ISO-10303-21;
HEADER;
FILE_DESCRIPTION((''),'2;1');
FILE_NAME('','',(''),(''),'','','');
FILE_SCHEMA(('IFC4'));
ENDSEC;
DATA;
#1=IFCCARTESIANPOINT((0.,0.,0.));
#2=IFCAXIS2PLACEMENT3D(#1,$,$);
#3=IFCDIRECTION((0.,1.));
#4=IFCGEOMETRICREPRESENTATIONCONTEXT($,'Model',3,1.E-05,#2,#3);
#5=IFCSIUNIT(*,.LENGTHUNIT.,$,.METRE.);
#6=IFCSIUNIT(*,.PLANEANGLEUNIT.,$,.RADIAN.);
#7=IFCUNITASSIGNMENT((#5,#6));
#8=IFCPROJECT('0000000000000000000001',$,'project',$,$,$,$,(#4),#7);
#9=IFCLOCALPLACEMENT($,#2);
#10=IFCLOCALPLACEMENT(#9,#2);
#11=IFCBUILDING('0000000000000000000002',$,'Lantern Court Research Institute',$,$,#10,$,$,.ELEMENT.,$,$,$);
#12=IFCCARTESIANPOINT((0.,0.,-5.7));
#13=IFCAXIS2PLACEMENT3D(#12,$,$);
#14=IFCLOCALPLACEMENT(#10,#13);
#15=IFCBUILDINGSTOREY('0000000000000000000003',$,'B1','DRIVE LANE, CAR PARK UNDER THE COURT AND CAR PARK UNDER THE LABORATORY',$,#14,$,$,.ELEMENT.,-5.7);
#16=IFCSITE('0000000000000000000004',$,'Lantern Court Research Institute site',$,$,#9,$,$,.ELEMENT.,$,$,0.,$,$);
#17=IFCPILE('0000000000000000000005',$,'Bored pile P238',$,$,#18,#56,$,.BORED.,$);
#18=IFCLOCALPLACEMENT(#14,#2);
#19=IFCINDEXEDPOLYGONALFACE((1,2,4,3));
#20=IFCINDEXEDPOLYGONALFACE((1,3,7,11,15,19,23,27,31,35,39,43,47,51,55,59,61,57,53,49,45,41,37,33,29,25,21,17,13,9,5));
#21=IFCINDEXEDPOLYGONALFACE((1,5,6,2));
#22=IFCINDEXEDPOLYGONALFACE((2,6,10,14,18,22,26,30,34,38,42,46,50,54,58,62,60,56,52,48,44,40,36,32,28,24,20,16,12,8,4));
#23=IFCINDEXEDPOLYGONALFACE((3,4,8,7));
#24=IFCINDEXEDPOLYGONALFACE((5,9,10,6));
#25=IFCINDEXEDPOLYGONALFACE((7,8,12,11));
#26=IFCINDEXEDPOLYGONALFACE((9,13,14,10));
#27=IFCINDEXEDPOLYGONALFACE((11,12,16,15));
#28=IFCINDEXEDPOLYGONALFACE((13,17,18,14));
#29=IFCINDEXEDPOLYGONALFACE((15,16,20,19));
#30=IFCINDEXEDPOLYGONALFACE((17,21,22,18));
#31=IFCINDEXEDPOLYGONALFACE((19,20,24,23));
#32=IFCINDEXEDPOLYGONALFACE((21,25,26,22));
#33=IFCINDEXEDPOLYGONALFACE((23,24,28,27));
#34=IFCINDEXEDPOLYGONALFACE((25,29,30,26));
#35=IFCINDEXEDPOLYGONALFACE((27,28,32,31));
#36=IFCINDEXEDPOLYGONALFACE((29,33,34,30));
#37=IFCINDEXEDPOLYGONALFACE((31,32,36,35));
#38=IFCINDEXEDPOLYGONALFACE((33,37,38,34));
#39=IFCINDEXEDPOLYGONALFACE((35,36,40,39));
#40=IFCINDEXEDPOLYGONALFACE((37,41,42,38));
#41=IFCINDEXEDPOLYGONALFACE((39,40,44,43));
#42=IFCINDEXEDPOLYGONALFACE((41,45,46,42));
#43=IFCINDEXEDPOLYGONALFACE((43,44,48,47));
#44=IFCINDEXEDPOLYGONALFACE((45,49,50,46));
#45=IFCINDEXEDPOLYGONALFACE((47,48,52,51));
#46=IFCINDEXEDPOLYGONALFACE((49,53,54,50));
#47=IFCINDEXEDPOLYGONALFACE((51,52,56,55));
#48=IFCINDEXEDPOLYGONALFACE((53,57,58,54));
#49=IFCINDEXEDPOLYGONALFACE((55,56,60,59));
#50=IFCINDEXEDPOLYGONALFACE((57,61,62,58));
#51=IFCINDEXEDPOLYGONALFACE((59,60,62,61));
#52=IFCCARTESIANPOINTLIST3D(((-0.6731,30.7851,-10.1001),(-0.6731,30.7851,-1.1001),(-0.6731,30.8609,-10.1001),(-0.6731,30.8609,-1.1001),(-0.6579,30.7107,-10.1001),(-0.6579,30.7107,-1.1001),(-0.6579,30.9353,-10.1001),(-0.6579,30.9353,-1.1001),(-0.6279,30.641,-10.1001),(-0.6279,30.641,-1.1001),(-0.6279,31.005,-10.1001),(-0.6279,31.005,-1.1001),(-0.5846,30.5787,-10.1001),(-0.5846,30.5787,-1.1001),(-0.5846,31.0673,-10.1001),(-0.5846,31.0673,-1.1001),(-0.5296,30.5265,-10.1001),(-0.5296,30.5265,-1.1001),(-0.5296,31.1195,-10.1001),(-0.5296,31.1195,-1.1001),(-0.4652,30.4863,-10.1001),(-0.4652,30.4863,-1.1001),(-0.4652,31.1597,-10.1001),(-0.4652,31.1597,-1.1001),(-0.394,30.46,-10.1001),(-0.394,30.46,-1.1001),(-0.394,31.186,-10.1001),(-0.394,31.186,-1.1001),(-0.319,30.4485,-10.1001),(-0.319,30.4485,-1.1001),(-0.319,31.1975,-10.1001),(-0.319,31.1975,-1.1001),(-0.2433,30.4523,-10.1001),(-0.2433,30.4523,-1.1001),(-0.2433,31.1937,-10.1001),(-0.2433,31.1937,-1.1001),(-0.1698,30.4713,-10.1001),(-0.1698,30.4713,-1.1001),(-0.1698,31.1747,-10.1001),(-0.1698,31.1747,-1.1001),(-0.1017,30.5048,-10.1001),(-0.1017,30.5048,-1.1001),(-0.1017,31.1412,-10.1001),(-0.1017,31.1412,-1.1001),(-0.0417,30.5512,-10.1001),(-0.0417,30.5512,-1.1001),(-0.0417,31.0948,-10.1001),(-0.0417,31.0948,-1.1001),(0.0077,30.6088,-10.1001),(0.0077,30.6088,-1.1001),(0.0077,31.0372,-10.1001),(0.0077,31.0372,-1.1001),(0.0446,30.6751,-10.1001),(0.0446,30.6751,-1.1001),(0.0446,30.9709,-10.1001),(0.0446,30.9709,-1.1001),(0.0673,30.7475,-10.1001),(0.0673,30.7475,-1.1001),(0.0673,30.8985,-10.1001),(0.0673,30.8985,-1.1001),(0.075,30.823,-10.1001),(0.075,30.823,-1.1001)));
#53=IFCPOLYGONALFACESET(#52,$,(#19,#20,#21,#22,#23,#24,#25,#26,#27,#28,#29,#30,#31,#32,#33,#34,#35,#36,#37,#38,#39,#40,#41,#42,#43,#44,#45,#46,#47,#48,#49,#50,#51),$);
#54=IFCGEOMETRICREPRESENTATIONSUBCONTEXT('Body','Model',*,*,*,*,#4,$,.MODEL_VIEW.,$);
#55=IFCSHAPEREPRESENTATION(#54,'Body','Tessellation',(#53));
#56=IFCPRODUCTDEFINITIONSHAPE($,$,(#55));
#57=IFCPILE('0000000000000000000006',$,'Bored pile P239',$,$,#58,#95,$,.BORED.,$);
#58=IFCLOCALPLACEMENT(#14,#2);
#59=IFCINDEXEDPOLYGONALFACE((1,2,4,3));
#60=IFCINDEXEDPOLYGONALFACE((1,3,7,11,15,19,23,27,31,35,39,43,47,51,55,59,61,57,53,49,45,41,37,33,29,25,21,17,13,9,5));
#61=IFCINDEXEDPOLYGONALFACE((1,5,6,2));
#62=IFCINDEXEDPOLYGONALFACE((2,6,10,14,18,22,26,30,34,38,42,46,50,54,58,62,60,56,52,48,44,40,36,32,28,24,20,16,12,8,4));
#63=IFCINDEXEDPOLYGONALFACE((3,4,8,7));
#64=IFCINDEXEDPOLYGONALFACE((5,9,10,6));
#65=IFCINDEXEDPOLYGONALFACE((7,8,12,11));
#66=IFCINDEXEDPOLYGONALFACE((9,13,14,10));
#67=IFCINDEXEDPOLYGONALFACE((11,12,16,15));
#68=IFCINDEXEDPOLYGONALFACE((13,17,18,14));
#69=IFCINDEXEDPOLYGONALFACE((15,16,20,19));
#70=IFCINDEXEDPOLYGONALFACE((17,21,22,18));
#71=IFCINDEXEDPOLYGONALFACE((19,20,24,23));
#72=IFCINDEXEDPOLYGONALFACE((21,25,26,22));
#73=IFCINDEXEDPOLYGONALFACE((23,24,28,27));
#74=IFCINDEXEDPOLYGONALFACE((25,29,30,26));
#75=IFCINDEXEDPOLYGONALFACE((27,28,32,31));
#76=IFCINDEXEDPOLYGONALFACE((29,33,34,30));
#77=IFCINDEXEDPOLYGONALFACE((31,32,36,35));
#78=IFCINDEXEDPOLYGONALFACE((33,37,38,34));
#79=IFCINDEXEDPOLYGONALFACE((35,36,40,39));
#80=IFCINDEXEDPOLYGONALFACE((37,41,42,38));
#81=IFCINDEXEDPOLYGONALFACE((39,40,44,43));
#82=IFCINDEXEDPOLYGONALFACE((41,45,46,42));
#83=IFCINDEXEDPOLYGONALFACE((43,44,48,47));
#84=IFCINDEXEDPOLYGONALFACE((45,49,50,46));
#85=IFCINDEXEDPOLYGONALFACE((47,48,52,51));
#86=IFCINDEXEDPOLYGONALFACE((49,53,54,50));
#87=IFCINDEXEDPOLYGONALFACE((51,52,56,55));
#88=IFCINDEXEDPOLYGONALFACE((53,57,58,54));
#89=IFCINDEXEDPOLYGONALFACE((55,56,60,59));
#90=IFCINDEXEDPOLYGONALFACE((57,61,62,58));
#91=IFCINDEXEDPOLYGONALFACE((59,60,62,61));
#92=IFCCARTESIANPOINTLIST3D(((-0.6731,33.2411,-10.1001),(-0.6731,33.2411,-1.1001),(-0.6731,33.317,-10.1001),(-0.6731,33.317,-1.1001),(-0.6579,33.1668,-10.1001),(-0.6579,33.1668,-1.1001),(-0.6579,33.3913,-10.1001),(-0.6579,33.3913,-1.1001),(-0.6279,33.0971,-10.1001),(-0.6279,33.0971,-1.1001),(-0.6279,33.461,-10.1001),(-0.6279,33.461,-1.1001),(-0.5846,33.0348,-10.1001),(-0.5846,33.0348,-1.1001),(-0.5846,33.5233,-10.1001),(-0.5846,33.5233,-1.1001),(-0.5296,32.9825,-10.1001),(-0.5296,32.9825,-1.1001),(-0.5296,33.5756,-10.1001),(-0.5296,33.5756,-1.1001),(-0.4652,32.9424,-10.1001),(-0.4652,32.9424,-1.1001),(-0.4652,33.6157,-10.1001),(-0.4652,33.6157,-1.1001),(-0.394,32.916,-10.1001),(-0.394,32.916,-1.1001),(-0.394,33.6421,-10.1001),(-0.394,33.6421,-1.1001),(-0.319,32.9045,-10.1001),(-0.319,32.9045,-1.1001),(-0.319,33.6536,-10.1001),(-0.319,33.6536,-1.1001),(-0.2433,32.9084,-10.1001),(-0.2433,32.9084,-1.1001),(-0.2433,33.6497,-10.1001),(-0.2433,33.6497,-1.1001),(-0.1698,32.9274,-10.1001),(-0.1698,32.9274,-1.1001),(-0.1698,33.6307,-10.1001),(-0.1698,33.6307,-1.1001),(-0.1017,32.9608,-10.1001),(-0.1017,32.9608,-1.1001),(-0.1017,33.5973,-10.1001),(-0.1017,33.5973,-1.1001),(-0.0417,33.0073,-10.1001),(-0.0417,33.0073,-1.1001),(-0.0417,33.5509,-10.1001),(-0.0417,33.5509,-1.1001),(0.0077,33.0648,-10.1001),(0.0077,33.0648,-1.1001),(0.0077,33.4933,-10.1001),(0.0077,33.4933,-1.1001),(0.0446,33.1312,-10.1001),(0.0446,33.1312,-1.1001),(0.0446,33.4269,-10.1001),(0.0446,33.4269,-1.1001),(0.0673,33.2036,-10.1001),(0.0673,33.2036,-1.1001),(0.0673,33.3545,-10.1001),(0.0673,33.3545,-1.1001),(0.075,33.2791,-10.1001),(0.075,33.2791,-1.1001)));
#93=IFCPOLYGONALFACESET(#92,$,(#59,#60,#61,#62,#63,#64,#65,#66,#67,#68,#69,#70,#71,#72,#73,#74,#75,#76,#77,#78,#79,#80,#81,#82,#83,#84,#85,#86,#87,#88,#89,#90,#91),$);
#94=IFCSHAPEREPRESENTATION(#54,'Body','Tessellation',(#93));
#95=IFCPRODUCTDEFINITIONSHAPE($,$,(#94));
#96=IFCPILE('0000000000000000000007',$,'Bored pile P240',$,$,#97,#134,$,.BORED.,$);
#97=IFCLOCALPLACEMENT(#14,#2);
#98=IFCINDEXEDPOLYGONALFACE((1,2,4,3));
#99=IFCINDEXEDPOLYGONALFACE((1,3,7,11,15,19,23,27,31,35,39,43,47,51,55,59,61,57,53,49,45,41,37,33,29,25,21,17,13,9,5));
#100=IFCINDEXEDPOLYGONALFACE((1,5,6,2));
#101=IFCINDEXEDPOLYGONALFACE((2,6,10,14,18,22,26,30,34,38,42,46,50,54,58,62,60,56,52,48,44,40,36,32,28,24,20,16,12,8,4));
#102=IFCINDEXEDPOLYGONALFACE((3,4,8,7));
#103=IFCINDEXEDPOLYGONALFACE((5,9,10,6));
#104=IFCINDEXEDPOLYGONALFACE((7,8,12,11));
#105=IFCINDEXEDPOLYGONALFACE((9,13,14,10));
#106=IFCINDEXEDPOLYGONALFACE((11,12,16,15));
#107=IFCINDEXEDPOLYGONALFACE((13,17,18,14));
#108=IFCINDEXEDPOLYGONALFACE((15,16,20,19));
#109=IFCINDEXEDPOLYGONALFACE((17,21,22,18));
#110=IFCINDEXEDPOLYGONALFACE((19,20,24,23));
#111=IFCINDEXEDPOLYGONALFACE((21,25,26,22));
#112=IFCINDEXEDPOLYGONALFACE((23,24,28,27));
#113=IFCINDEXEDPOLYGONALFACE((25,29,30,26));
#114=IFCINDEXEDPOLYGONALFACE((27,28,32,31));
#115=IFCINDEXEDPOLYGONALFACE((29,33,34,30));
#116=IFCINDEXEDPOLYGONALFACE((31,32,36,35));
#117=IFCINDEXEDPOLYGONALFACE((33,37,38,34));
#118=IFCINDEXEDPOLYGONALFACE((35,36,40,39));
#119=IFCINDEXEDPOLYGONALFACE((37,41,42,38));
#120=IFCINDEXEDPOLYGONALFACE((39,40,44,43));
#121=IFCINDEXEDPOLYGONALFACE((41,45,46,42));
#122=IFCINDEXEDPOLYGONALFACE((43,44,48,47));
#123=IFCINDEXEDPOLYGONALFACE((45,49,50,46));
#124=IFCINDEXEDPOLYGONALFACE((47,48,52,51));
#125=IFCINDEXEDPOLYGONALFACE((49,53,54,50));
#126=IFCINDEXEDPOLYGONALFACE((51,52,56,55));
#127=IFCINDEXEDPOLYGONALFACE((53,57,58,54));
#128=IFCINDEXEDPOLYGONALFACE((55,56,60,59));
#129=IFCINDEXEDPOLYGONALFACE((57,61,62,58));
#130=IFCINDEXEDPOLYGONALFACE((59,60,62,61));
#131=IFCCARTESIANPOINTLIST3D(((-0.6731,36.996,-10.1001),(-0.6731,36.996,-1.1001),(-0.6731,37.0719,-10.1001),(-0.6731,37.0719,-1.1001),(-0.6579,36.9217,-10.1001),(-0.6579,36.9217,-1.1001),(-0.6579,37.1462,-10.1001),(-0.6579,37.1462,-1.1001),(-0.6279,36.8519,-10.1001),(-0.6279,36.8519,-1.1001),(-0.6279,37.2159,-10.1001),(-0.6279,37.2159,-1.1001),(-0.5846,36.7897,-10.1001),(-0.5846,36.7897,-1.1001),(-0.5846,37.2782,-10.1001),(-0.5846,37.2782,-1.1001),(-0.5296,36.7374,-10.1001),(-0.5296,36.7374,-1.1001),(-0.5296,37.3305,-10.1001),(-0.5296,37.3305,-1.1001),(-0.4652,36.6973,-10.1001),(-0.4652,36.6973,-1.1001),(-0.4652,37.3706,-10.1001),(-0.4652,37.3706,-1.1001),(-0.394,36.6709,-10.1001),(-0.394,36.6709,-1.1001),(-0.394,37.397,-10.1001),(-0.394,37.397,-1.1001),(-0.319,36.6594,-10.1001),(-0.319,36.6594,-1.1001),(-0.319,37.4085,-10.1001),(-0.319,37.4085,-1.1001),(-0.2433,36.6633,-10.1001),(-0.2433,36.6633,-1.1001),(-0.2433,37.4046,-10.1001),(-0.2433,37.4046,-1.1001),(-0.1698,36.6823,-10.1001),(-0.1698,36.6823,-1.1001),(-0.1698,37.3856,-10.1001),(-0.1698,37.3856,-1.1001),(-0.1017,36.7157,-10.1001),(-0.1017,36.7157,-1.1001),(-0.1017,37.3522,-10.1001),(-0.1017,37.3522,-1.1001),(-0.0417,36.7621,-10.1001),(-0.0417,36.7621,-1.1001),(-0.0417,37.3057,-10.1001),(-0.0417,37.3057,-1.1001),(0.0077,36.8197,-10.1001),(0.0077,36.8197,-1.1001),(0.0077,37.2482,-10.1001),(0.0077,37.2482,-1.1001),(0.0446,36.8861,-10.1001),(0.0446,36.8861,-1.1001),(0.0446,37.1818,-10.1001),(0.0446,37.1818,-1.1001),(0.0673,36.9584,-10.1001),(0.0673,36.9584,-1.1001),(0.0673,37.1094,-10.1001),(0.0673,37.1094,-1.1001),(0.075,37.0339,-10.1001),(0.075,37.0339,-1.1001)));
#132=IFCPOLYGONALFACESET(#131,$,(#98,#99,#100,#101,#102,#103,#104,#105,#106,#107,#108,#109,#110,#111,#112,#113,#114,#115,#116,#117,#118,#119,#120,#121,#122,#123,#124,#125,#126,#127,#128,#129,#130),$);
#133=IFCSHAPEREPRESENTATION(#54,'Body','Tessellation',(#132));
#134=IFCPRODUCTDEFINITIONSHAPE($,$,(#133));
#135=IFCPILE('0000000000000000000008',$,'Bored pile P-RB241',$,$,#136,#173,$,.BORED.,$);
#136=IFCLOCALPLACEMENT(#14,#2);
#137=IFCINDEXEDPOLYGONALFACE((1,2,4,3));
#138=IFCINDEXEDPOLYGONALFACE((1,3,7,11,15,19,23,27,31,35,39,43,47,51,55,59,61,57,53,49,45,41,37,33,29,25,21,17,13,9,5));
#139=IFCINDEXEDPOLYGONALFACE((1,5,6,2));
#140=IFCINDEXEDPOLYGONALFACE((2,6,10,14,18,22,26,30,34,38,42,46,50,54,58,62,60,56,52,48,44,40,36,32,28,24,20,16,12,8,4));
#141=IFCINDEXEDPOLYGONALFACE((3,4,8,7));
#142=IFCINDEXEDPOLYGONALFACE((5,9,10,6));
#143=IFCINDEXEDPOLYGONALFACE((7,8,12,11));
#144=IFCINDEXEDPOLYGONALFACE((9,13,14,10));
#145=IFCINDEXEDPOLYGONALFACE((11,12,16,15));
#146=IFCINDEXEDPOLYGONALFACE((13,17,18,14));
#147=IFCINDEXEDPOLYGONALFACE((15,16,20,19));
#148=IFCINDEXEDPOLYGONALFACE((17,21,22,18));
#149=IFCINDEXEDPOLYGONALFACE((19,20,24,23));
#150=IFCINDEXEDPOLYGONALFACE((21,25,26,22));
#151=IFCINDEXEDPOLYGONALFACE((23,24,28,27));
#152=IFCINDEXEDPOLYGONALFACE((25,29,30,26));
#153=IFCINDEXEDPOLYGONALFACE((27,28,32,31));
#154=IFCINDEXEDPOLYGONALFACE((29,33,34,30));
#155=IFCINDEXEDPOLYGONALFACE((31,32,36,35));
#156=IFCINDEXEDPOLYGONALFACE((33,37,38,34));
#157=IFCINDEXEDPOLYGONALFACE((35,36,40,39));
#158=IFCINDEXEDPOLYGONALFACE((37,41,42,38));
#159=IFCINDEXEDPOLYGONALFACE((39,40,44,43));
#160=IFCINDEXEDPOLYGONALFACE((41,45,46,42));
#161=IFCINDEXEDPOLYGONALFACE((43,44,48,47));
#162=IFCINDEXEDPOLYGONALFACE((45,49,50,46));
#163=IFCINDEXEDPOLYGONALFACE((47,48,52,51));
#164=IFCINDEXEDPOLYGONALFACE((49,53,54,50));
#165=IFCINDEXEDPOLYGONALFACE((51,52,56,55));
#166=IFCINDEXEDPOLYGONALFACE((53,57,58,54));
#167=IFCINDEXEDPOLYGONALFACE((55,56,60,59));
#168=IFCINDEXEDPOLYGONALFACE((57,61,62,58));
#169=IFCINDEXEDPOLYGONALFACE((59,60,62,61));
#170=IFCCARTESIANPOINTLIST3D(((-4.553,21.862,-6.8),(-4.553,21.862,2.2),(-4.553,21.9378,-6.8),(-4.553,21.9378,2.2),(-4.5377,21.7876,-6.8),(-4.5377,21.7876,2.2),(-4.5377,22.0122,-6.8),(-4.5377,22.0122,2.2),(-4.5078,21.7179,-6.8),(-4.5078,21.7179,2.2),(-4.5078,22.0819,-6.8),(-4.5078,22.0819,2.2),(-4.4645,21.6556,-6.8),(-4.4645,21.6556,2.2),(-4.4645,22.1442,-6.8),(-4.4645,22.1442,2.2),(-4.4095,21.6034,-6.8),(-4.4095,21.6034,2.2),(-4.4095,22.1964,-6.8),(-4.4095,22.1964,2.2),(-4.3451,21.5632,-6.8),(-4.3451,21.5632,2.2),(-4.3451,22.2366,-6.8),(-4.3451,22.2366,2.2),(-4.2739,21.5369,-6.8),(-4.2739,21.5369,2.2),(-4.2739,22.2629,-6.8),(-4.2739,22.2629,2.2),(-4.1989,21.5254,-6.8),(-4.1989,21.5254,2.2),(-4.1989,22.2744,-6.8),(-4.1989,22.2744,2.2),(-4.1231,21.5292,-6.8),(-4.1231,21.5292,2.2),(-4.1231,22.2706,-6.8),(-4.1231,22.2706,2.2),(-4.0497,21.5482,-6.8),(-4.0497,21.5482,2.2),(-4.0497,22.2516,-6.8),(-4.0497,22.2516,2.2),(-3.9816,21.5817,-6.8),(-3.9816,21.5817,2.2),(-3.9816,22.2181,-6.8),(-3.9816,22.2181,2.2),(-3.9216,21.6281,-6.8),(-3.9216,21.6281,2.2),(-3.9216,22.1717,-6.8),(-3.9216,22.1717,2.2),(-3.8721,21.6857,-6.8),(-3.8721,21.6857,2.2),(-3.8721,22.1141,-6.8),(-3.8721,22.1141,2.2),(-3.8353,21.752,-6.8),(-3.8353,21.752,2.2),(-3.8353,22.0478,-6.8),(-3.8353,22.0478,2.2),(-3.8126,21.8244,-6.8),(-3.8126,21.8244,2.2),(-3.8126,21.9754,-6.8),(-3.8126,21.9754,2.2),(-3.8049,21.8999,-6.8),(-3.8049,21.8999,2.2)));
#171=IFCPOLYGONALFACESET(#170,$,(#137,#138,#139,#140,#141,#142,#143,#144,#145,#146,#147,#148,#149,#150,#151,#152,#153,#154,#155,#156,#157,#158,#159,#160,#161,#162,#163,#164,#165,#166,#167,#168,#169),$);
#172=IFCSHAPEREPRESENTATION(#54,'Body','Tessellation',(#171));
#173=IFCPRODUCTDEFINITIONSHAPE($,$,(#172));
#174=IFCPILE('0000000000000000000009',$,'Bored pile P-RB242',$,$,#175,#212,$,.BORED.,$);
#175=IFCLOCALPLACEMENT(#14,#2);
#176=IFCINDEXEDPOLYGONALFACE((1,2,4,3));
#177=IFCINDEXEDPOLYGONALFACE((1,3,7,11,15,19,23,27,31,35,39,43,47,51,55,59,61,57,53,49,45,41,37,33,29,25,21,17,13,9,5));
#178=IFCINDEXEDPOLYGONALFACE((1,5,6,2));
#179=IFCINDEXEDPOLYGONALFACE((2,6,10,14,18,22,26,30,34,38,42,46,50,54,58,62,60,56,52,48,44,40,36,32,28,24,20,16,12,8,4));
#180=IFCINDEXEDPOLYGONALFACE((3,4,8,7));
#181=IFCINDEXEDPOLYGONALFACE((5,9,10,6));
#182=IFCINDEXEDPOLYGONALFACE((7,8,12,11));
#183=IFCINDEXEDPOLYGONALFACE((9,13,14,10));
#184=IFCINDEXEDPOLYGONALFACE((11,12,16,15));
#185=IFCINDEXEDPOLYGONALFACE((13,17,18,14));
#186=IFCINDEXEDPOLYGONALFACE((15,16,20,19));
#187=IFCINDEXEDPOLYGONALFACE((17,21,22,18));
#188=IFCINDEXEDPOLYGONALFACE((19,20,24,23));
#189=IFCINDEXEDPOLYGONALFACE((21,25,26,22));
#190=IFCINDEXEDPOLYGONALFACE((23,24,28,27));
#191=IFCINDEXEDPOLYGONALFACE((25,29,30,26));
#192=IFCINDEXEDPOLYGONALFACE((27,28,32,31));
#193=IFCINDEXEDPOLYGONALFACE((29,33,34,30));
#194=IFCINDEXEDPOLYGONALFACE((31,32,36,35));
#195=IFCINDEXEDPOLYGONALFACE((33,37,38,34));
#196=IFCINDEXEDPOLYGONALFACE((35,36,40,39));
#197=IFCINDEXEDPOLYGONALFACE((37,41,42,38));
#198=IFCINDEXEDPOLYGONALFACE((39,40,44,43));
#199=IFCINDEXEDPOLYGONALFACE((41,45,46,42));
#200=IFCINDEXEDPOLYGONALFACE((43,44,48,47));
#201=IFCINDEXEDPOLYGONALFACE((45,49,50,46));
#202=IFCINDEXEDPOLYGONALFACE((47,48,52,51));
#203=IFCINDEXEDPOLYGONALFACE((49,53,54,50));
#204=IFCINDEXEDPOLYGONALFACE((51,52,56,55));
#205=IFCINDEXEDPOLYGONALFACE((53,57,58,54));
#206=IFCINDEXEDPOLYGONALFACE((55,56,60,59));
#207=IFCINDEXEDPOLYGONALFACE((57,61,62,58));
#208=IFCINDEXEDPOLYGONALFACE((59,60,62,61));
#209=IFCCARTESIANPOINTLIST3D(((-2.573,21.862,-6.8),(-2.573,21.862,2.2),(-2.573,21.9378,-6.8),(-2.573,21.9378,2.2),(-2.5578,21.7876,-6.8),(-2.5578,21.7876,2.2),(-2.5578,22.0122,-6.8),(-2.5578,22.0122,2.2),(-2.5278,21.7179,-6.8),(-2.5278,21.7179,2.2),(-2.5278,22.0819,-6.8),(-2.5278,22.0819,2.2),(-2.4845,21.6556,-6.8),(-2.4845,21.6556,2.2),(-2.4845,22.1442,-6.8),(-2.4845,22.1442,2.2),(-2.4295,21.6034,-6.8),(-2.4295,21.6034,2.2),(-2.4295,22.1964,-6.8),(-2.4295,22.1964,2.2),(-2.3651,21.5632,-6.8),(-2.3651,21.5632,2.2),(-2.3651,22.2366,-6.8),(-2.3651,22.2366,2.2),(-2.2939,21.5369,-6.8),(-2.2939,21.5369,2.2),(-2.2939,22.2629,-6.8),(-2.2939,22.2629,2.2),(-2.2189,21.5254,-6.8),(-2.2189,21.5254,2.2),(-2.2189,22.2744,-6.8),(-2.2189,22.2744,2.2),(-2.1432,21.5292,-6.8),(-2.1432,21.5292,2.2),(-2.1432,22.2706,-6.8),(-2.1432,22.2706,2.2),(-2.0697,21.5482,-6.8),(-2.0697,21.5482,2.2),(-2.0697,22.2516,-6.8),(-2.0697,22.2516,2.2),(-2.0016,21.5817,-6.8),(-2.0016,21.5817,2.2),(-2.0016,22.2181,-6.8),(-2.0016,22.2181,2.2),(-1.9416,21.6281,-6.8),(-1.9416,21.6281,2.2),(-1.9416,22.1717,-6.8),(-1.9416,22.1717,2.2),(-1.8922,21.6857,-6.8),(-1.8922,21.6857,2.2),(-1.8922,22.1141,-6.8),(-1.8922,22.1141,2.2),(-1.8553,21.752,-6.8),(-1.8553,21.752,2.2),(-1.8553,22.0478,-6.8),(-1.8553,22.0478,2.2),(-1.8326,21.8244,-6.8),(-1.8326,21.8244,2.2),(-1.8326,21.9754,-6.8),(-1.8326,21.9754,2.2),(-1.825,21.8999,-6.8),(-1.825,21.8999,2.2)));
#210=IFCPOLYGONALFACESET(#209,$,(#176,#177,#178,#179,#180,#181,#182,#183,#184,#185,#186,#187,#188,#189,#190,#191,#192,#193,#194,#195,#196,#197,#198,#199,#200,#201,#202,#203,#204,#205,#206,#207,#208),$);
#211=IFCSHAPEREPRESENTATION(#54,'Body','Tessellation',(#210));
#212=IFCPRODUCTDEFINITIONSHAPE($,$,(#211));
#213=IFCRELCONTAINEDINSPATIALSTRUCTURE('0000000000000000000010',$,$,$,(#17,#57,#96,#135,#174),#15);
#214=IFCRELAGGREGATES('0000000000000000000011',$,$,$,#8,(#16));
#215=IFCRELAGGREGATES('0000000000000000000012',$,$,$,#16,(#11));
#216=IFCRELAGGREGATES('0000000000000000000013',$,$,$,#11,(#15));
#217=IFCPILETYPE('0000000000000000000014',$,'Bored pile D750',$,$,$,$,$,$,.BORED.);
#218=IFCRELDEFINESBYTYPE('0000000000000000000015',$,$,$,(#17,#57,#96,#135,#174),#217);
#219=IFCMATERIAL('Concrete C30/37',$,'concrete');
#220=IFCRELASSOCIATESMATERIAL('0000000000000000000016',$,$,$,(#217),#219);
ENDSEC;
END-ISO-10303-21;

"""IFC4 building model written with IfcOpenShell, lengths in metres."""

from ifc_helpers import new_model, si_unit, direction, frame, origin, origin_2d, place, context, subcontext, project, spatial, circle, extrude, material, material_profile, profile_set, type_object, element, save


model = new_model("IFC4")

# Units and contexts
model_context = context("Model", 3, precision=1e-05, world=origin(), true_north=direction((0.0, 1.0)))
body_context = subcontext(model_context, "Body", "Model", "MODEL_VIEW")
ifc_project = project(units=[si_unit("LENGTHUNIT", "METRE"), si_unit("PLANEANGLEUNIT", "RADIAN")], contexts=[model_context])

# Site, building, storey
site_placement = place(None, origin())
site = spatial("IfcSite", under=ifc_project, at=site_placement, Name="Lantern Court Research Institute site", CompositionType="ELEMENT", RefElevation=0.0)
building_placement = place(site_placement, origin())
building = spatial("IfcBuilding", under=site, at=building_placement, Name="Lantern Court Research Institute", CompositionType="ELEMENT")
storey_placement = place(building_placement, frame((0.0, 0.0, -5.7)))
storey = spatial("IfcBuildingStorey", under=building, at=storey_placement, Name="B1", Description="DRIVE LANE, CAR PARK UNDER THE COURT AND CAR PARK UNDER THE LABORATORY", CompositionType="ELEMENT", Elevation=-5.7)

# Piles
ifc_material_1 = material(Name="Concrete C30/37", Category="concrete")
ifc_material_profile_1 = material_profile(ifc_material_1, circle(Radius=0.375, at=origin_2d()), Name="Bored pile D750")
ifc_profile_set_1 = profile_set([ifc_material_profile_1], Name="Concrete C30/37")
pile_type_1 = type_object("IfcPileType", Name="Bored pile D750", PredefinedType="BORED", material=ifc_profile_set_1)
for number, where, z_axis, x_axis, name in (
    (1, (-0.3, 30.823, -1.1001), (0.0, 0.0, -1.0), (1.0, 0.0, 0.0), "Bored pile P238"),
    (2, (-0.3, 33.2791, -1.1001), (0.0, 0.0, -1.0), (1.0, 0.0, 0.0), "Bored pile P239"),
    (3, (-0.3, 37.0339, -1.1001), (0.0, 0.0, -1.0), (1.0, 0.0, 0.0), "Bored pile P240"),
    (4, (-4.1799, 21.8999, 2.2), (0.0, 0.0, -1.0), (1.0, 0.0, 0.0), "Bored pile P-RB241"),
    (5, (-2.2, 21.8999, 2.2), (0.0, 0.0, -1.0), (1.0, 0.0, 0.0), "Bored pile P-RB242"),
):
    element("IfcPile", number, at=place(storey_placement, frame(where, z_axis=z_axis, x_axis=x_axis)), inside=storey, type_object=pile_type_1, Name=name, PredefinedType="BORED", context=body_context, shape_type="SweptSolid", body=[
        extrude(circle(Radius=0.375, at=origin_2d()), origin(), (0.0, 0.0, 1.0), 9.0),
    ])

save(model, "model.ifc")
